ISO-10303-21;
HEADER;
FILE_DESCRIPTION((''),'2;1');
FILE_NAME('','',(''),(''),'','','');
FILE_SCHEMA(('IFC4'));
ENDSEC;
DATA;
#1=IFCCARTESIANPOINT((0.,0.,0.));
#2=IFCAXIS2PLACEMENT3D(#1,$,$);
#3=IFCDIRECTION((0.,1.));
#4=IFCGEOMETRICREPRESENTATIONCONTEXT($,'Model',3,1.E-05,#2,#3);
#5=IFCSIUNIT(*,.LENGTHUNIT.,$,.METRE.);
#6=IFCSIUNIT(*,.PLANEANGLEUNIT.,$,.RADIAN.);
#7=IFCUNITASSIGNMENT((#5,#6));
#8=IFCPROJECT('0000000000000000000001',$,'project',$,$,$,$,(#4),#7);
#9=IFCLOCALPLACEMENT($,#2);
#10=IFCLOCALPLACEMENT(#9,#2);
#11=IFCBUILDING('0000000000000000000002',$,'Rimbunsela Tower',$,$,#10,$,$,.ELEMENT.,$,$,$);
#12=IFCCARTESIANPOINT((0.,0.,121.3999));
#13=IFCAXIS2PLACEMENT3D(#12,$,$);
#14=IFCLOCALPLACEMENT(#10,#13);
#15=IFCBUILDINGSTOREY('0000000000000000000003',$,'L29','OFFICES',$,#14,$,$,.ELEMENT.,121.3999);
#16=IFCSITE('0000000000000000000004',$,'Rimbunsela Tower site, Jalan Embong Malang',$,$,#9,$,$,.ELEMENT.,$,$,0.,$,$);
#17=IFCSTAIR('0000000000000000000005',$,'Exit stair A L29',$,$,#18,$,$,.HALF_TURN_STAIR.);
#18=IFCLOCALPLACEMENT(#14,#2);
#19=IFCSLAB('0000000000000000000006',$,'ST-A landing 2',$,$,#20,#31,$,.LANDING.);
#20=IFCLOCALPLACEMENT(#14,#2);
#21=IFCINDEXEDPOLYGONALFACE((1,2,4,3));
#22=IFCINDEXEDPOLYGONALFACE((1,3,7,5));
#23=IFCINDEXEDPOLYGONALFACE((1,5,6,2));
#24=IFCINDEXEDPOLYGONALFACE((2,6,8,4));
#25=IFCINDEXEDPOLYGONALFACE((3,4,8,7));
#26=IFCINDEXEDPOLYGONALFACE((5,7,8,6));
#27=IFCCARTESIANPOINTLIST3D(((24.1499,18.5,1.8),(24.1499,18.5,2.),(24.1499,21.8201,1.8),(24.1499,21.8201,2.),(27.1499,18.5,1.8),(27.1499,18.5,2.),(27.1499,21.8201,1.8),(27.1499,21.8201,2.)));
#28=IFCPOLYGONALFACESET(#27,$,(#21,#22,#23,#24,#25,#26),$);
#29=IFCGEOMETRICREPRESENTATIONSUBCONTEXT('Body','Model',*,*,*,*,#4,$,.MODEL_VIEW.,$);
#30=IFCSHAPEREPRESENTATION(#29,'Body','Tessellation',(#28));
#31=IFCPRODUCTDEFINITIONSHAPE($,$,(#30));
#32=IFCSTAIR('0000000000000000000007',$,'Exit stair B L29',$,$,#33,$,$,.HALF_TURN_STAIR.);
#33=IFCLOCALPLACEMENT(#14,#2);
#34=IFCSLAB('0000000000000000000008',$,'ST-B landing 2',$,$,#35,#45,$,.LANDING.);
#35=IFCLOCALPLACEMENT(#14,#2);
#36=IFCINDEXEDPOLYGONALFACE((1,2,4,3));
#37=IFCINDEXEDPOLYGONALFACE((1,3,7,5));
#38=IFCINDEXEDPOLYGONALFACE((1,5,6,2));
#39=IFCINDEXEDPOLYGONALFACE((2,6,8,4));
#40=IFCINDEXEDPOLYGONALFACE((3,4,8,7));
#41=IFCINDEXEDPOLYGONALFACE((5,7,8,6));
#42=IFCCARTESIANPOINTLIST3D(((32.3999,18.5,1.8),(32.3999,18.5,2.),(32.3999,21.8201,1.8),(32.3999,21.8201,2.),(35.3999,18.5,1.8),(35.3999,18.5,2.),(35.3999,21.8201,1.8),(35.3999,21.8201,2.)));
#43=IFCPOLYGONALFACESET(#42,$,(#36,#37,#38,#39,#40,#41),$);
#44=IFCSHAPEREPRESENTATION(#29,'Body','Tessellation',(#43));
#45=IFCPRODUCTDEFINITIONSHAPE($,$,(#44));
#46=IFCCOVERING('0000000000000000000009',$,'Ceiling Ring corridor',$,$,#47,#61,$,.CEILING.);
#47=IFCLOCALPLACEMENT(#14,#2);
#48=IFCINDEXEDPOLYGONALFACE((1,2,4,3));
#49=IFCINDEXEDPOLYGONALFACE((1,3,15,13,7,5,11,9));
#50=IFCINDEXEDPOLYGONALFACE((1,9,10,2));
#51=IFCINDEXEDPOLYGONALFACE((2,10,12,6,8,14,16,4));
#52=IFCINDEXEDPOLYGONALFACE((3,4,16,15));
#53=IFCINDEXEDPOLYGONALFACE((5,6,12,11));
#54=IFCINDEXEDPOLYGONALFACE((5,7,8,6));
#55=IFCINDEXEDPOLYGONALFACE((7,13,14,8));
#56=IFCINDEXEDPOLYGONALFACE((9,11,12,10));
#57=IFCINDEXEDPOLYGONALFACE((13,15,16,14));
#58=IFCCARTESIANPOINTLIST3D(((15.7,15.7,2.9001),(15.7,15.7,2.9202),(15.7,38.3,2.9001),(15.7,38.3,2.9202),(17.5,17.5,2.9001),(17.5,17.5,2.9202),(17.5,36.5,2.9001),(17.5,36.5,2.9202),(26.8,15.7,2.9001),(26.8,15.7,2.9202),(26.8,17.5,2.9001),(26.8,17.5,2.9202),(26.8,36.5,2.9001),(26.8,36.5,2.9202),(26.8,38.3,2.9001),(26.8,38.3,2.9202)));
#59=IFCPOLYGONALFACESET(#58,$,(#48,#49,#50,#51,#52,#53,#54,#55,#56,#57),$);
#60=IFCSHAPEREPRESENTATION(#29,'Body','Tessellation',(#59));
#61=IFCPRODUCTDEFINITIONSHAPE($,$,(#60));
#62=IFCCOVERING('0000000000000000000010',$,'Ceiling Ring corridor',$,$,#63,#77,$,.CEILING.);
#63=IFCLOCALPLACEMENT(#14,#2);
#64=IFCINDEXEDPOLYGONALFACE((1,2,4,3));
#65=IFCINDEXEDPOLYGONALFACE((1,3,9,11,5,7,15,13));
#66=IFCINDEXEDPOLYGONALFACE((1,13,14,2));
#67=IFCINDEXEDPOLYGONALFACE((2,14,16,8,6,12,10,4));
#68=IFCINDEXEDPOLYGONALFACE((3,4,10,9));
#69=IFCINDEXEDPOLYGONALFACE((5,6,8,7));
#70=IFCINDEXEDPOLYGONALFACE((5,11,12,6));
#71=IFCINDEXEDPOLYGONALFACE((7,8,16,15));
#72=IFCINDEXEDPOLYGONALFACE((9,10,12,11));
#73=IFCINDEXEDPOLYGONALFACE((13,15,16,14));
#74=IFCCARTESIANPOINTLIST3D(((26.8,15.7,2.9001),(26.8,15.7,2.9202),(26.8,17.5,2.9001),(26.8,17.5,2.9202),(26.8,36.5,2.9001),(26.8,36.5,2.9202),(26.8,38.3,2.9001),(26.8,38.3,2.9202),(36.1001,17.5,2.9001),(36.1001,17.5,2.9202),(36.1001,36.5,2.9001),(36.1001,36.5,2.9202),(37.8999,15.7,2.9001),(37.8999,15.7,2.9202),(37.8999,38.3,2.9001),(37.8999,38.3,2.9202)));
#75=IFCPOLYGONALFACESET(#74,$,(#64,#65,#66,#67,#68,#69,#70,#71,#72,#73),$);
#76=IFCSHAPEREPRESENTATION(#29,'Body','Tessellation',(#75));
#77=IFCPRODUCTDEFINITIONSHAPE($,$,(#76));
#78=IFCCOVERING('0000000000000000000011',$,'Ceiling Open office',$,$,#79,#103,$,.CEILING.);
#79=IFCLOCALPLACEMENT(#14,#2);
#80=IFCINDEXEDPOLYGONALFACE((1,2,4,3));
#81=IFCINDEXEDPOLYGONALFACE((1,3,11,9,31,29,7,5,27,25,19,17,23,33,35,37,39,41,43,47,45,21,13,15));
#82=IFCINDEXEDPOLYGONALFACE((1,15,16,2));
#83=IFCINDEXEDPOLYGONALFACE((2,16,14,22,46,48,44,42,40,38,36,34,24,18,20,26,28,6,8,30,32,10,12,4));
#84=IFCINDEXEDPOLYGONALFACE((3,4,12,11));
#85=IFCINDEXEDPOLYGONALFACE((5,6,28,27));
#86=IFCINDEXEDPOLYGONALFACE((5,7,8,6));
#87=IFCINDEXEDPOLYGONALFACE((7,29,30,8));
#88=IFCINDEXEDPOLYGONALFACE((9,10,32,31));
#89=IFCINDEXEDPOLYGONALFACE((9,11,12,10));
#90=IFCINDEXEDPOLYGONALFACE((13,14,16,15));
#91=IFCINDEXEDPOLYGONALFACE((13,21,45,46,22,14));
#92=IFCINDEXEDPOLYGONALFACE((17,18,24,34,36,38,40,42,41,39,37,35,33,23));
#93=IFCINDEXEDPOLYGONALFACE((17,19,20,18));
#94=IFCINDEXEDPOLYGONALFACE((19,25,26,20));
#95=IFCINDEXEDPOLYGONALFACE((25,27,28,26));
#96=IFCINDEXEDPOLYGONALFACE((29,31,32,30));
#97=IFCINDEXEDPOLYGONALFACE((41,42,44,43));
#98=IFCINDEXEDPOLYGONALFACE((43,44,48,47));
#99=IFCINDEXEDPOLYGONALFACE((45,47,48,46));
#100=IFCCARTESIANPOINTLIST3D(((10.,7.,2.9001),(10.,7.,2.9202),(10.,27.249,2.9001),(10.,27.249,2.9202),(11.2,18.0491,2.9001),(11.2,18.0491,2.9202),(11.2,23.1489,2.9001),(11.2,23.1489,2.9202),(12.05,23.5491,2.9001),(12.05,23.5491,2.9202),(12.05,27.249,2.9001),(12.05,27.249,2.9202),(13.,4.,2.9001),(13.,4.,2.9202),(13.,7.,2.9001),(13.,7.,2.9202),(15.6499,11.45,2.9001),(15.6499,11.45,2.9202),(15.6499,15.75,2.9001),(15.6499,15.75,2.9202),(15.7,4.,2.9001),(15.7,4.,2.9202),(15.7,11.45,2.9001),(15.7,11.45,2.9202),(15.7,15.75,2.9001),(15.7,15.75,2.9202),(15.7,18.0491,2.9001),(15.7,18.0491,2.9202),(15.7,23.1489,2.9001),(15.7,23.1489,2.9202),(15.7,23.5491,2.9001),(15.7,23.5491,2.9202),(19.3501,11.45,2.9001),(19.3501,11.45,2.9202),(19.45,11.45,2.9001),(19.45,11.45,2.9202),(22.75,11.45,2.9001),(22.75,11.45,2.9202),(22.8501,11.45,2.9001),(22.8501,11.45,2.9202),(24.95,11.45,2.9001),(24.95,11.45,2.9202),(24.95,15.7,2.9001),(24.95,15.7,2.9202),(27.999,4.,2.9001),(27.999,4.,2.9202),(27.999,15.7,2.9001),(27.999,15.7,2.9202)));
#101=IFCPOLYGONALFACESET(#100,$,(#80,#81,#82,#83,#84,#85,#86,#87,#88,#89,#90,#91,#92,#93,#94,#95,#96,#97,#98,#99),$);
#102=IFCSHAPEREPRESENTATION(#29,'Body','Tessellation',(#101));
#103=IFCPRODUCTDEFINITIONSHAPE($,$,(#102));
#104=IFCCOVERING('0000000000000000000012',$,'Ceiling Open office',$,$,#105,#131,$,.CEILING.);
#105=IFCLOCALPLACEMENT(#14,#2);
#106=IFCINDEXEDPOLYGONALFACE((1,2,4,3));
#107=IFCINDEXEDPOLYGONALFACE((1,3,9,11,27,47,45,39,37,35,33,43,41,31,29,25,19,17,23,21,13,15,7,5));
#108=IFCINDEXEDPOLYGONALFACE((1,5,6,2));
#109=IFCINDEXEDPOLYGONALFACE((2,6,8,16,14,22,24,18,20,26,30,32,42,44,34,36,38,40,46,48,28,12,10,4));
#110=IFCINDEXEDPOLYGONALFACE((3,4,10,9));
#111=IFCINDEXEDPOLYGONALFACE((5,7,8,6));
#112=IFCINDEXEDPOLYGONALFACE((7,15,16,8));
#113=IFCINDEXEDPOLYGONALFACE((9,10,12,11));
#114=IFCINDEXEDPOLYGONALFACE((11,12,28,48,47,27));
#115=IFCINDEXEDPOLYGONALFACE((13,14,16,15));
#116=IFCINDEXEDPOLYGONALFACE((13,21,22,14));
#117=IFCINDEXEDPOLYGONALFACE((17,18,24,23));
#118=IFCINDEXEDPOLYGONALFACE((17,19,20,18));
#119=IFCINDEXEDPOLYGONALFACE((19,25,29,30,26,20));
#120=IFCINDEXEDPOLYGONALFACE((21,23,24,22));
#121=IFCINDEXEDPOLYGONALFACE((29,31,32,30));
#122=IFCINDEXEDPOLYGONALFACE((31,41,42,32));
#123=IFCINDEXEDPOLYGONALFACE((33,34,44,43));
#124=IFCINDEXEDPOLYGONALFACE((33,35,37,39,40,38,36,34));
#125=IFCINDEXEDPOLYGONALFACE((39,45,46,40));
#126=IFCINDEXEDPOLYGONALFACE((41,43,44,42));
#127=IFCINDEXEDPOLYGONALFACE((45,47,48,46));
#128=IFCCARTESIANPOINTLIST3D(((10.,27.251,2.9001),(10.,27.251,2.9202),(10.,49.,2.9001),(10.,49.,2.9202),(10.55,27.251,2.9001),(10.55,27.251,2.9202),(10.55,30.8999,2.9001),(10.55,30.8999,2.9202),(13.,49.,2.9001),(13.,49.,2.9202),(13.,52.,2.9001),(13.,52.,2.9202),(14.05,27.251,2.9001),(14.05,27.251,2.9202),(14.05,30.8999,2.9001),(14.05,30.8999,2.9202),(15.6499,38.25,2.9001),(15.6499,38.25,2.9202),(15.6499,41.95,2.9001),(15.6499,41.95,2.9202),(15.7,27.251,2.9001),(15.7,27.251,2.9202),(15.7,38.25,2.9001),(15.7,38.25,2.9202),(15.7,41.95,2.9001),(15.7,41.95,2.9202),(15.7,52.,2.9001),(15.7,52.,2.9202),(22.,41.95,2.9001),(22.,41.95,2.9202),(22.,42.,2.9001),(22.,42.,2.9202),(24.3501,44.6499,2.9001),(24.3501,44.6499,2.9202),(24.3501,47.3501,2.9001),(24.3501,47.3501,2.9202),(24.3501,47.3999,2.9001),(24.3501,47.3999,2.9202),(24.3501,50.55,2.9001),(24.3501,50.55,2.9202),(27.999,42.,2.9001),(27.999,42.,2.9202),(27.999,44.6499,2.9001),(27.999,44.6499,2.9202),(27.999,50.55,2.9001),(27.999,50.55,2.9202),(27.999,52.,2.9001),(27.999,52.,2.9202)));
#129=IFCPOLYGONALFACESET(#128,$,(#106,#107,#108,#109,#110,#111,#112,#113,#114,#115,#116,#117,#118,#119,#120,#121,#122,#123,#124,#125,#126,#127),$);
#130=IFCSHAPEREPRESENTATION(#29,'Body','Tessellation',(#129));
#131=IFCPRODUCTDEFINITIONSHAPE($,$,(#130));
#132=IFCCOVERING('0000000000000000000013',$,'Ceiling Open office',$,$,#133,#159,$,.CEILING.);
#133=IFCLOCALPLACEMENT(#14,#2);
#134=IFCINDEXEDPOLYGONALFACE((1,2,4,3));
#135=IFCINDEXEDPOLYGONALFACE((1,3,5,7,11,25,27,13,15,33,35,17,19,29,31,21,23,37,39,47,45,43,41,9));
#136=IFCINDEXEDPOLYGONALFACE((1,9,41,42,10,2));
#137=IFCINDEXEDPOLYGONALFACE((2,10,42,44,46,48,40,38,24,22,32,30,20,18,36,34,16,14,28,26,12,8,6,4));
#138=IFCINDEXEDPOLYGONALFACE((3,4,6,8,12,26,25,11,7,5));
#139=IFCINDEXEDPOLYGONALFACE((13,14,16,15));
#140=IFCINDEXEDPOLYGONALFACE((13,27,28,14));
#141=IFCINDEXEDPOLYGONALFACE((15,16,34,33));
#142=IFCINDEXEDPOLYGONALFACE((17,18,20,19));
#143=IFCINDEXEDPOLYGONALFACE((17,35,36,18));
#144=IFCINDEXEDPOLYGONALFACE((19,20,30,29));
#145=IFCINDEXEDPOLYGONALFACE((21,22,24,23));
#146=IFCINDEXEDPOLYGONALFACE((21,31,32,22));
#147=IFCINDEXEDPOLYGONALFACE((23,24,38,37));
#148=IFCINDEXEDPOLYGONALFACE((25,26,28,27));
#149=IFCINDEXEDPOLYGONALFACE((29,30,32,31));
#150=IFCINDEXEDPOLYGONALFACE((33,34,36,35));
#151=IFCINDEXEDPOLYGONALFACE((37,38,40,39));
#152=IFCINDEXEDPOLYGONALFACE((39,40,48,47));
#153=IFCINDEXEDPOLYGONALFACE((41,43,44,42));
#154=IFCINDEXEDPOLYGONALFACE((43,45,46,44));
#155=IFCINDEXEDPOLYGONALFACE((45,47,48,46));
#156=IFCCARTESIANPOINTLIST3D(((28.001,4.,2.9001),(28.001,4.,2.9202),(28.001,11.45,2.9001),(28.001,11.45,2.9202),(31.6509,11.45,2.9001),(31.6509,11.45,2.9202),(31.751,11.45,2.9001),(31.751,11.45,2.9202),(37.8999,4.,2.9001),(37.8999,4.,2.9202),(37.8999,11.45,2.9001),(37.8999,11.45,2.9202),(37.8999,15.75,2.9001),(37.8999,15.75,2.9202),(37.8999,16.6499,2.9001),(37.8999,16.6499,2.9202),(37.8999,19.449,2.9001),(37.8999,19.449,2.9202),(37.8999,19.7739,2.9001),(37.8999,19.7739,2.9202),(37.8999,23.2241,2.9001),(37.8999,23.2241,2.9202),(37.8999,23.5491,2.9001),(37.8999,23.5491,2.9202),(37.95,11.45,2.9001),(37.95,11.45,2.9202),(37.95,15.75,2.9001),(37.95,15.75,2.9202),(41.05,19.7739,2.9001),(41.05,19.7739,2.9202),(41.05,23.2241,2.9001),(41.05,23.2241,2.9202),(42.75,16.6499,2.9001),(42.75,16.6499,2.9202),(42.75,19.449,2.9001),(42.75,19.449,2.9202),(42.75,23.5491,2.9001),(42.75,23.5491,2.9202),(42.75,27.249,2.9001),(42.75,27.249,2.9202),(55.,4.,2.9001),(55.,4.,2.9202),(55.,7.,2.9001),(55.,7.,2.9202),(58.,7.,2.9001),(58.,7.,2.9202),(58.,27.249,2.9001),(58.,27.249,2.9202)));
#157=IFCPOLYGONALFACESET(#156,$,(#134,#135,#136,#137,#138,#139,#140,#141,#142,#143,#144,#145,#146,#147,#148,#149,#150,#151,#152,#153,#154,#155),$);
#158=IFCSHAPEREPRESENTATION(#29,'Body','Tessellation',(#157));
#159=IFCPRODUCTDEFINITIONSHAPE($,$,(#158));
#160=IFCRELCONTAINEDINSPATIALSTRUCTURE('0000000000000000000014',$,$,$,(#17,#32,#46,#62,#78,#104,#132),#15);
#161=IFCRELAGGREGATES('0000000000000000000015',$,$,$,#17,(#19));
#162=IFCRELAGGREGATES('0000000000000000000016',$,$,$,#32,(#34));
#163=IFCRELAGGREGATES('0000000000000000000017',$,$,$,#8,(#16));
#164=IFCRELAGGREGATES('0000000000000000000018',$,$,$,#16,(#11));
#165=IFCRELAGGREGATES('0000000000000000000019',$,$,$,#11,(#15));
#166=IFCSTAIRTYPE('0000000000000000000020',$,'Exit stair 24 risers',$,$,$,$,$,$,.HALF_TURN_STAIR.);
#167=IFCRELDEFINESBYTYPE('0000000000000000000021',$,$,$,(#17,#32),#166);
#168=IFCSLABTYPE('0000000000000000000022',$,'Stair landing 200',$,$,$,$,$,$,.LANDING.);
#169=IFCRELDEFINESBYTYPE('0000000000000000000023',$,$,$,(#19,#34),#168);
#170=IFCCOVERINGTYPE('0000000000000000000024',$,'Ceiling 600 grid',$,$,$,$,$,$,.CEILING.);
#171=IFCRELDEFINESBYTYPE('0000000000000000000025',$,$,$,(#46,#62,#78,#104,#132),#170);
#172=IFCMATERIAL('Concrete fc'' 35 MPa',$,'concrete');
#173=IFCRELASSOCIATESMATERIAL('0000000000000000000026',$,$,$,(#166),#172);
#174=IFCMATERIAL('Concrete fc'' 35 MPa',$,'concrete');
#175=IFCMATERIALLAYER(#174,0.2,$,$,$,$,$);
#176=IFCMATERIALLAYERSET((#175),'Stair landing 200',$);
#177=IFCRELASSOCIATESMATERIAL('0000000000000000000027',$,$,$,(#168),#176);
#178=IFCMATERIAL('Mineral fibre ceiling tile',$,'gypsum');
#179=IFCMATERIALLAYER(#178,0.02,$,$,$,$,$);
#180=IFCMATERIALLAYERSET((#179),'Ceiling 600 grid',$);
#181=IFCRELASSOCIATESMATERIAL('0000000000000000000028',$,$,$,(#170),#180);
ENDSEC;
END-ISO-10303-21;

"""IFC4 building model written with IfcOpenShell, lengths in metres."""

from ifc_helpers import new_model, si_unit, direction, frame, origin, place, context, subcontext, project, spatial, polyline, outline, extrude, material, layer, layer_set, type_object, element, aggregate, save


model = new_model("IFC4")

# Units and contexts
model_context = context("Model", 3, precision=1e-05, world=origin(), true_north=direction((0.0, 1.0)))
body_context = subcontext(model_context, "Body", "Model", "MODEL_VIEW")
ifc_project = project(units=[si_unit("LENGTHUNIT", "METRE"), si_unit("PLANEANGLEUNIT", "RADIAN")], contexts=[model_context])

# Site, building, storey
site_placement = place(None, origin())
site = spatial("IfcSite", under=ifc_project, at=site_placement, Name="Rimbunsela Tower site, Jalan Embong Malang", CompositionType="ELEMENT", RefElevation=0.0)
building_placement = place(site_placement, origin())
building = spatial("IfcBuilding", under=site, at=building_placement, Name="Rimbunsela Tower", CompositionType="ELEMENT")
storey_placement = place(building_placement, frame((0.0, 0.0, 121.3999)))
storey = spatial("IfcBuildingStorey", under=building, at=storey_placement, Name="L29", Description="OFFICES", CompositionType="ELEMENT", Elevation=121.3999)

# Stairs, slabs
ifc_material_1 = material(Name="Concrete fc' 35 MPa", Category="concrete")
stair_type = type_object("IfcStairType", Name="Exit stair 24 risers", PredefinedType="HALF_TURN_STAIR", material=ifc_material_1)
stair_1_placement = place(storey_placement, origin())
stair_1 = element("IfcStair", 1, at=stair_1_placement, inside=storey, type_object=stair_type, Name="Exit stair A L29", PredefinedType="HALF_TURN_STAIR")
ifc_material_2 = material(Name="Concrete fc' 35 MPa", Category="concrete")
ifc_layer_1 = layer(ifc_material_2, 0.2)
ifc_layer_set_1 = layer_set([ifc_layer_1], Name="Stair landing 200")
slab_type = type_object("IfcSlabType", Name="Stair landing 200", PredefinedType="LANDING", material=ifc_layer_set_1)
slab_1_placement = place(storey_placement, frame((0.0, 0.0, 1.8)))
slab_1 = element("IfcSlab", 2, at=slab_1_placement, type_object=slab_type, Name="ST-A landing 2", PredefinedType="LANDING", context=body_context, shape_type="SweptSolid", body=[
    extrude(outline(polyline([(24.1499, 18.5), (27.1499, 18.5), (27.1499, 21.8201), (24.1499, 21.8201), (24.1499, 18.5)])), origin(), (0.0, 0.0, 1.0), 0.2),
])
aggregate(stair_1, [slab_1])
stair_2_placement = place(storey_placement, origin())
stair_2 = element("IfcStair", 3, at=stair_2_placement, inside=storey, type_object=stair_type, Name="Exit stair B L29", PredefinedType="HALF_TURN_STAIR")
slab_2_placement = place(storey_placement, frame((0.0, 0.0, 1.8)))
slab_2 = element("IfcSlab", 4, at=slab_2_placement, type_object=slab_type, Name="ST-B landing 2", PredefinedType="LANDING", context=body_context, shape_type="SweptSolid", body=[
    extrude(outline(polyline([(32.3999, 18.5), (35.3999, 18.5), (35.3999, 21.8201), (32.3999, 21.8201), (32.3999, 18.5)])), origin(), (0.0, 0.0, 1.0), 0.2),
])
aggregate(stair_2, [slab_2])

# Coverings
ifc_material_3 = material(Name="Mineral fibre ceiling tile", Category="gypsum")
ifc_layer_2 = layer(ifc_material_3, 0.02)
ifc_layer_set_2 = layer_set([ifc_layer_2], Name="Ceiling 600 grid")
covering_type_1 = type_object("IfcCoveringType", Name="Ceiling 600 grid", PredefinedType="CEILING", material=ifc_layer_set_2)
covering_1_placement = place(storey_placement, frame((0.0, 0.0, 2.9001)))
element("IfcCovering", 5, at=covering_1_placement, inside=storey, type_object=covering_type_1, Name="Ceiling Ring corridor", PredefinedType="CEILING", context=body_context, shape_type="SweptSolid", body=[
    extrude(outline(polyline([(15.7, 38.3), (26.8, 38.3), (26.8, 36.5), (17.5, 36.5), (17.5, 17.5), (26.8, 17.5), (26.8, 15.7), (15.7, 15.7), (15.7, 38.3)])), origin(), (0.0, 0.0, 1.0), 0.02),
])
covering_2_placement = place(storey_placement, frame((0.0, 0.0, 2.9001)))
element("IfcCovering", 6, at=covering_2_placement, inside=storey, type_object=covering_type_1, Name="Ceiling Ring corridor", PredefinedType="CEILING", context=body_context, shape_type="SweptSolid", body=[
    extrude(outline(polyline([(37.8999, 38.3), (37.8999, 15.7), (26.8, 15.7), (26.8, 17.5), (36.1001, 17.5), (36.1001, 36.5), (26.8, 36.5), (26.8, 38.3), (37.8999, 38.3)])), origin(), (0.0, 0.0, 1.0), 0.02),
])
covering_3_placement = place(storey_placement, frame((0.0, 0.0, 2.9001)))
element("IfcCovering", 7, at=covering_3_placement, inside=storey, type_object=covering_type_1, Name="Ceiling Open office", PredefinedType="CEILING", context=body_context, shape_type="SweptSolid", body=[
    extrude(outline(polyline([(19.45, 11.45), (22.75, 11.45), (22.8501, 11.45), (24.95, 11.45), (24.95, 15.7), (27.999, 15.7), (27.999, 4.0), (15.7, 4.0), (13.0, 4.0), (13.0, 7.0), (10.0, 7.0), (10.0, 27.249), (12.05, 27.249), (12.05, 23.5491), (15.7, 23.5491), (15.7, 23.1489), (11.2, 23.1489), (11.2, 18.0491), (15.7, 18.0491), (15.7, 15.75), (15.6499, 15.75), (15.6499, 11.45), (15.7, 11.45), (19.3501, 11.45), (19.45, 11.45)])), origin(), (0.0, 0.0, 1.0), 0.02),
])
covering_4_placement = place(storey_placement, frame((0.0, 0.0, 2.9001)))
element("IfcCovering", 8, at=covering_4_placement, inside=storey, type_object=covering_type_1, Name="Ceiling Open office", PredefinedType="CEILING", context=body_context, shape_type="SweptSolid", body=[
    extrude(outline(polyline([(15.6499, 41.95), (15.6499, 38.25), (15.7, 38.25), (15.7, 27.251), (14.05, 27.251), (14.05, 30.8999), (10.55, 30.8999), (10.55, 27.251), (10.0, 27.251), (10.0, 49.0), (13.0, 49.0), (13.0, 52.0), (15.7, 52.0), (27.999, 52.0), (27.999, 50.55), (24.3501, 50.55), (24.3501, 47.3999), (24.3501, 47.3501), (24.3501, 44.6499), (27.999, 44.6499), (27.999, 42.0), (22.0, 42.0), (22.0, 41.95), (15.7, 41.95), (15.6499, 41.95)])), origin(), (0.0, 0.0, 1.0), 0.02),
])
covering_5_placement = place(storey_placement, frame((0.0, 0.0, 2.9001)))
element("IfcCovering", 9, at=covering_5_placement, inside=storey, type_object=covering_type_1, Name="Ceiling Open office", PredefinedType="CEILING", context=body_context, shape_type="SweptSolid", body=[
    extrude(outline(polyline([(28.001, 11.45), (31.6509, 11.45), (31.751, 11.45), (37.8999, 11.45), (37.95, 11.45), (37.95, 15.75), (37.8999, 15.75), (37.8999, 16.6499), (42.75, 16.6499), (42.75, 19.449), (37.8999, 19.449), (37.8999, 19.7739), (41.05, 19.7739), (41.05, 23.2241), (37.8999, 23.2241), (37.8999, 23.5491), (42.75, 23.5491), (42.75, 27.249), (58.0, 27.249), (58.0, 7.0), (55.0, 7.0), (55.0, 4.0), (37.8999, 4.0), (28.001, 4.0), (28.001, 11.45)])), origin(), (0.0, 0.0, 1.0), 0.02),
])

save(model, "model.ifc")
